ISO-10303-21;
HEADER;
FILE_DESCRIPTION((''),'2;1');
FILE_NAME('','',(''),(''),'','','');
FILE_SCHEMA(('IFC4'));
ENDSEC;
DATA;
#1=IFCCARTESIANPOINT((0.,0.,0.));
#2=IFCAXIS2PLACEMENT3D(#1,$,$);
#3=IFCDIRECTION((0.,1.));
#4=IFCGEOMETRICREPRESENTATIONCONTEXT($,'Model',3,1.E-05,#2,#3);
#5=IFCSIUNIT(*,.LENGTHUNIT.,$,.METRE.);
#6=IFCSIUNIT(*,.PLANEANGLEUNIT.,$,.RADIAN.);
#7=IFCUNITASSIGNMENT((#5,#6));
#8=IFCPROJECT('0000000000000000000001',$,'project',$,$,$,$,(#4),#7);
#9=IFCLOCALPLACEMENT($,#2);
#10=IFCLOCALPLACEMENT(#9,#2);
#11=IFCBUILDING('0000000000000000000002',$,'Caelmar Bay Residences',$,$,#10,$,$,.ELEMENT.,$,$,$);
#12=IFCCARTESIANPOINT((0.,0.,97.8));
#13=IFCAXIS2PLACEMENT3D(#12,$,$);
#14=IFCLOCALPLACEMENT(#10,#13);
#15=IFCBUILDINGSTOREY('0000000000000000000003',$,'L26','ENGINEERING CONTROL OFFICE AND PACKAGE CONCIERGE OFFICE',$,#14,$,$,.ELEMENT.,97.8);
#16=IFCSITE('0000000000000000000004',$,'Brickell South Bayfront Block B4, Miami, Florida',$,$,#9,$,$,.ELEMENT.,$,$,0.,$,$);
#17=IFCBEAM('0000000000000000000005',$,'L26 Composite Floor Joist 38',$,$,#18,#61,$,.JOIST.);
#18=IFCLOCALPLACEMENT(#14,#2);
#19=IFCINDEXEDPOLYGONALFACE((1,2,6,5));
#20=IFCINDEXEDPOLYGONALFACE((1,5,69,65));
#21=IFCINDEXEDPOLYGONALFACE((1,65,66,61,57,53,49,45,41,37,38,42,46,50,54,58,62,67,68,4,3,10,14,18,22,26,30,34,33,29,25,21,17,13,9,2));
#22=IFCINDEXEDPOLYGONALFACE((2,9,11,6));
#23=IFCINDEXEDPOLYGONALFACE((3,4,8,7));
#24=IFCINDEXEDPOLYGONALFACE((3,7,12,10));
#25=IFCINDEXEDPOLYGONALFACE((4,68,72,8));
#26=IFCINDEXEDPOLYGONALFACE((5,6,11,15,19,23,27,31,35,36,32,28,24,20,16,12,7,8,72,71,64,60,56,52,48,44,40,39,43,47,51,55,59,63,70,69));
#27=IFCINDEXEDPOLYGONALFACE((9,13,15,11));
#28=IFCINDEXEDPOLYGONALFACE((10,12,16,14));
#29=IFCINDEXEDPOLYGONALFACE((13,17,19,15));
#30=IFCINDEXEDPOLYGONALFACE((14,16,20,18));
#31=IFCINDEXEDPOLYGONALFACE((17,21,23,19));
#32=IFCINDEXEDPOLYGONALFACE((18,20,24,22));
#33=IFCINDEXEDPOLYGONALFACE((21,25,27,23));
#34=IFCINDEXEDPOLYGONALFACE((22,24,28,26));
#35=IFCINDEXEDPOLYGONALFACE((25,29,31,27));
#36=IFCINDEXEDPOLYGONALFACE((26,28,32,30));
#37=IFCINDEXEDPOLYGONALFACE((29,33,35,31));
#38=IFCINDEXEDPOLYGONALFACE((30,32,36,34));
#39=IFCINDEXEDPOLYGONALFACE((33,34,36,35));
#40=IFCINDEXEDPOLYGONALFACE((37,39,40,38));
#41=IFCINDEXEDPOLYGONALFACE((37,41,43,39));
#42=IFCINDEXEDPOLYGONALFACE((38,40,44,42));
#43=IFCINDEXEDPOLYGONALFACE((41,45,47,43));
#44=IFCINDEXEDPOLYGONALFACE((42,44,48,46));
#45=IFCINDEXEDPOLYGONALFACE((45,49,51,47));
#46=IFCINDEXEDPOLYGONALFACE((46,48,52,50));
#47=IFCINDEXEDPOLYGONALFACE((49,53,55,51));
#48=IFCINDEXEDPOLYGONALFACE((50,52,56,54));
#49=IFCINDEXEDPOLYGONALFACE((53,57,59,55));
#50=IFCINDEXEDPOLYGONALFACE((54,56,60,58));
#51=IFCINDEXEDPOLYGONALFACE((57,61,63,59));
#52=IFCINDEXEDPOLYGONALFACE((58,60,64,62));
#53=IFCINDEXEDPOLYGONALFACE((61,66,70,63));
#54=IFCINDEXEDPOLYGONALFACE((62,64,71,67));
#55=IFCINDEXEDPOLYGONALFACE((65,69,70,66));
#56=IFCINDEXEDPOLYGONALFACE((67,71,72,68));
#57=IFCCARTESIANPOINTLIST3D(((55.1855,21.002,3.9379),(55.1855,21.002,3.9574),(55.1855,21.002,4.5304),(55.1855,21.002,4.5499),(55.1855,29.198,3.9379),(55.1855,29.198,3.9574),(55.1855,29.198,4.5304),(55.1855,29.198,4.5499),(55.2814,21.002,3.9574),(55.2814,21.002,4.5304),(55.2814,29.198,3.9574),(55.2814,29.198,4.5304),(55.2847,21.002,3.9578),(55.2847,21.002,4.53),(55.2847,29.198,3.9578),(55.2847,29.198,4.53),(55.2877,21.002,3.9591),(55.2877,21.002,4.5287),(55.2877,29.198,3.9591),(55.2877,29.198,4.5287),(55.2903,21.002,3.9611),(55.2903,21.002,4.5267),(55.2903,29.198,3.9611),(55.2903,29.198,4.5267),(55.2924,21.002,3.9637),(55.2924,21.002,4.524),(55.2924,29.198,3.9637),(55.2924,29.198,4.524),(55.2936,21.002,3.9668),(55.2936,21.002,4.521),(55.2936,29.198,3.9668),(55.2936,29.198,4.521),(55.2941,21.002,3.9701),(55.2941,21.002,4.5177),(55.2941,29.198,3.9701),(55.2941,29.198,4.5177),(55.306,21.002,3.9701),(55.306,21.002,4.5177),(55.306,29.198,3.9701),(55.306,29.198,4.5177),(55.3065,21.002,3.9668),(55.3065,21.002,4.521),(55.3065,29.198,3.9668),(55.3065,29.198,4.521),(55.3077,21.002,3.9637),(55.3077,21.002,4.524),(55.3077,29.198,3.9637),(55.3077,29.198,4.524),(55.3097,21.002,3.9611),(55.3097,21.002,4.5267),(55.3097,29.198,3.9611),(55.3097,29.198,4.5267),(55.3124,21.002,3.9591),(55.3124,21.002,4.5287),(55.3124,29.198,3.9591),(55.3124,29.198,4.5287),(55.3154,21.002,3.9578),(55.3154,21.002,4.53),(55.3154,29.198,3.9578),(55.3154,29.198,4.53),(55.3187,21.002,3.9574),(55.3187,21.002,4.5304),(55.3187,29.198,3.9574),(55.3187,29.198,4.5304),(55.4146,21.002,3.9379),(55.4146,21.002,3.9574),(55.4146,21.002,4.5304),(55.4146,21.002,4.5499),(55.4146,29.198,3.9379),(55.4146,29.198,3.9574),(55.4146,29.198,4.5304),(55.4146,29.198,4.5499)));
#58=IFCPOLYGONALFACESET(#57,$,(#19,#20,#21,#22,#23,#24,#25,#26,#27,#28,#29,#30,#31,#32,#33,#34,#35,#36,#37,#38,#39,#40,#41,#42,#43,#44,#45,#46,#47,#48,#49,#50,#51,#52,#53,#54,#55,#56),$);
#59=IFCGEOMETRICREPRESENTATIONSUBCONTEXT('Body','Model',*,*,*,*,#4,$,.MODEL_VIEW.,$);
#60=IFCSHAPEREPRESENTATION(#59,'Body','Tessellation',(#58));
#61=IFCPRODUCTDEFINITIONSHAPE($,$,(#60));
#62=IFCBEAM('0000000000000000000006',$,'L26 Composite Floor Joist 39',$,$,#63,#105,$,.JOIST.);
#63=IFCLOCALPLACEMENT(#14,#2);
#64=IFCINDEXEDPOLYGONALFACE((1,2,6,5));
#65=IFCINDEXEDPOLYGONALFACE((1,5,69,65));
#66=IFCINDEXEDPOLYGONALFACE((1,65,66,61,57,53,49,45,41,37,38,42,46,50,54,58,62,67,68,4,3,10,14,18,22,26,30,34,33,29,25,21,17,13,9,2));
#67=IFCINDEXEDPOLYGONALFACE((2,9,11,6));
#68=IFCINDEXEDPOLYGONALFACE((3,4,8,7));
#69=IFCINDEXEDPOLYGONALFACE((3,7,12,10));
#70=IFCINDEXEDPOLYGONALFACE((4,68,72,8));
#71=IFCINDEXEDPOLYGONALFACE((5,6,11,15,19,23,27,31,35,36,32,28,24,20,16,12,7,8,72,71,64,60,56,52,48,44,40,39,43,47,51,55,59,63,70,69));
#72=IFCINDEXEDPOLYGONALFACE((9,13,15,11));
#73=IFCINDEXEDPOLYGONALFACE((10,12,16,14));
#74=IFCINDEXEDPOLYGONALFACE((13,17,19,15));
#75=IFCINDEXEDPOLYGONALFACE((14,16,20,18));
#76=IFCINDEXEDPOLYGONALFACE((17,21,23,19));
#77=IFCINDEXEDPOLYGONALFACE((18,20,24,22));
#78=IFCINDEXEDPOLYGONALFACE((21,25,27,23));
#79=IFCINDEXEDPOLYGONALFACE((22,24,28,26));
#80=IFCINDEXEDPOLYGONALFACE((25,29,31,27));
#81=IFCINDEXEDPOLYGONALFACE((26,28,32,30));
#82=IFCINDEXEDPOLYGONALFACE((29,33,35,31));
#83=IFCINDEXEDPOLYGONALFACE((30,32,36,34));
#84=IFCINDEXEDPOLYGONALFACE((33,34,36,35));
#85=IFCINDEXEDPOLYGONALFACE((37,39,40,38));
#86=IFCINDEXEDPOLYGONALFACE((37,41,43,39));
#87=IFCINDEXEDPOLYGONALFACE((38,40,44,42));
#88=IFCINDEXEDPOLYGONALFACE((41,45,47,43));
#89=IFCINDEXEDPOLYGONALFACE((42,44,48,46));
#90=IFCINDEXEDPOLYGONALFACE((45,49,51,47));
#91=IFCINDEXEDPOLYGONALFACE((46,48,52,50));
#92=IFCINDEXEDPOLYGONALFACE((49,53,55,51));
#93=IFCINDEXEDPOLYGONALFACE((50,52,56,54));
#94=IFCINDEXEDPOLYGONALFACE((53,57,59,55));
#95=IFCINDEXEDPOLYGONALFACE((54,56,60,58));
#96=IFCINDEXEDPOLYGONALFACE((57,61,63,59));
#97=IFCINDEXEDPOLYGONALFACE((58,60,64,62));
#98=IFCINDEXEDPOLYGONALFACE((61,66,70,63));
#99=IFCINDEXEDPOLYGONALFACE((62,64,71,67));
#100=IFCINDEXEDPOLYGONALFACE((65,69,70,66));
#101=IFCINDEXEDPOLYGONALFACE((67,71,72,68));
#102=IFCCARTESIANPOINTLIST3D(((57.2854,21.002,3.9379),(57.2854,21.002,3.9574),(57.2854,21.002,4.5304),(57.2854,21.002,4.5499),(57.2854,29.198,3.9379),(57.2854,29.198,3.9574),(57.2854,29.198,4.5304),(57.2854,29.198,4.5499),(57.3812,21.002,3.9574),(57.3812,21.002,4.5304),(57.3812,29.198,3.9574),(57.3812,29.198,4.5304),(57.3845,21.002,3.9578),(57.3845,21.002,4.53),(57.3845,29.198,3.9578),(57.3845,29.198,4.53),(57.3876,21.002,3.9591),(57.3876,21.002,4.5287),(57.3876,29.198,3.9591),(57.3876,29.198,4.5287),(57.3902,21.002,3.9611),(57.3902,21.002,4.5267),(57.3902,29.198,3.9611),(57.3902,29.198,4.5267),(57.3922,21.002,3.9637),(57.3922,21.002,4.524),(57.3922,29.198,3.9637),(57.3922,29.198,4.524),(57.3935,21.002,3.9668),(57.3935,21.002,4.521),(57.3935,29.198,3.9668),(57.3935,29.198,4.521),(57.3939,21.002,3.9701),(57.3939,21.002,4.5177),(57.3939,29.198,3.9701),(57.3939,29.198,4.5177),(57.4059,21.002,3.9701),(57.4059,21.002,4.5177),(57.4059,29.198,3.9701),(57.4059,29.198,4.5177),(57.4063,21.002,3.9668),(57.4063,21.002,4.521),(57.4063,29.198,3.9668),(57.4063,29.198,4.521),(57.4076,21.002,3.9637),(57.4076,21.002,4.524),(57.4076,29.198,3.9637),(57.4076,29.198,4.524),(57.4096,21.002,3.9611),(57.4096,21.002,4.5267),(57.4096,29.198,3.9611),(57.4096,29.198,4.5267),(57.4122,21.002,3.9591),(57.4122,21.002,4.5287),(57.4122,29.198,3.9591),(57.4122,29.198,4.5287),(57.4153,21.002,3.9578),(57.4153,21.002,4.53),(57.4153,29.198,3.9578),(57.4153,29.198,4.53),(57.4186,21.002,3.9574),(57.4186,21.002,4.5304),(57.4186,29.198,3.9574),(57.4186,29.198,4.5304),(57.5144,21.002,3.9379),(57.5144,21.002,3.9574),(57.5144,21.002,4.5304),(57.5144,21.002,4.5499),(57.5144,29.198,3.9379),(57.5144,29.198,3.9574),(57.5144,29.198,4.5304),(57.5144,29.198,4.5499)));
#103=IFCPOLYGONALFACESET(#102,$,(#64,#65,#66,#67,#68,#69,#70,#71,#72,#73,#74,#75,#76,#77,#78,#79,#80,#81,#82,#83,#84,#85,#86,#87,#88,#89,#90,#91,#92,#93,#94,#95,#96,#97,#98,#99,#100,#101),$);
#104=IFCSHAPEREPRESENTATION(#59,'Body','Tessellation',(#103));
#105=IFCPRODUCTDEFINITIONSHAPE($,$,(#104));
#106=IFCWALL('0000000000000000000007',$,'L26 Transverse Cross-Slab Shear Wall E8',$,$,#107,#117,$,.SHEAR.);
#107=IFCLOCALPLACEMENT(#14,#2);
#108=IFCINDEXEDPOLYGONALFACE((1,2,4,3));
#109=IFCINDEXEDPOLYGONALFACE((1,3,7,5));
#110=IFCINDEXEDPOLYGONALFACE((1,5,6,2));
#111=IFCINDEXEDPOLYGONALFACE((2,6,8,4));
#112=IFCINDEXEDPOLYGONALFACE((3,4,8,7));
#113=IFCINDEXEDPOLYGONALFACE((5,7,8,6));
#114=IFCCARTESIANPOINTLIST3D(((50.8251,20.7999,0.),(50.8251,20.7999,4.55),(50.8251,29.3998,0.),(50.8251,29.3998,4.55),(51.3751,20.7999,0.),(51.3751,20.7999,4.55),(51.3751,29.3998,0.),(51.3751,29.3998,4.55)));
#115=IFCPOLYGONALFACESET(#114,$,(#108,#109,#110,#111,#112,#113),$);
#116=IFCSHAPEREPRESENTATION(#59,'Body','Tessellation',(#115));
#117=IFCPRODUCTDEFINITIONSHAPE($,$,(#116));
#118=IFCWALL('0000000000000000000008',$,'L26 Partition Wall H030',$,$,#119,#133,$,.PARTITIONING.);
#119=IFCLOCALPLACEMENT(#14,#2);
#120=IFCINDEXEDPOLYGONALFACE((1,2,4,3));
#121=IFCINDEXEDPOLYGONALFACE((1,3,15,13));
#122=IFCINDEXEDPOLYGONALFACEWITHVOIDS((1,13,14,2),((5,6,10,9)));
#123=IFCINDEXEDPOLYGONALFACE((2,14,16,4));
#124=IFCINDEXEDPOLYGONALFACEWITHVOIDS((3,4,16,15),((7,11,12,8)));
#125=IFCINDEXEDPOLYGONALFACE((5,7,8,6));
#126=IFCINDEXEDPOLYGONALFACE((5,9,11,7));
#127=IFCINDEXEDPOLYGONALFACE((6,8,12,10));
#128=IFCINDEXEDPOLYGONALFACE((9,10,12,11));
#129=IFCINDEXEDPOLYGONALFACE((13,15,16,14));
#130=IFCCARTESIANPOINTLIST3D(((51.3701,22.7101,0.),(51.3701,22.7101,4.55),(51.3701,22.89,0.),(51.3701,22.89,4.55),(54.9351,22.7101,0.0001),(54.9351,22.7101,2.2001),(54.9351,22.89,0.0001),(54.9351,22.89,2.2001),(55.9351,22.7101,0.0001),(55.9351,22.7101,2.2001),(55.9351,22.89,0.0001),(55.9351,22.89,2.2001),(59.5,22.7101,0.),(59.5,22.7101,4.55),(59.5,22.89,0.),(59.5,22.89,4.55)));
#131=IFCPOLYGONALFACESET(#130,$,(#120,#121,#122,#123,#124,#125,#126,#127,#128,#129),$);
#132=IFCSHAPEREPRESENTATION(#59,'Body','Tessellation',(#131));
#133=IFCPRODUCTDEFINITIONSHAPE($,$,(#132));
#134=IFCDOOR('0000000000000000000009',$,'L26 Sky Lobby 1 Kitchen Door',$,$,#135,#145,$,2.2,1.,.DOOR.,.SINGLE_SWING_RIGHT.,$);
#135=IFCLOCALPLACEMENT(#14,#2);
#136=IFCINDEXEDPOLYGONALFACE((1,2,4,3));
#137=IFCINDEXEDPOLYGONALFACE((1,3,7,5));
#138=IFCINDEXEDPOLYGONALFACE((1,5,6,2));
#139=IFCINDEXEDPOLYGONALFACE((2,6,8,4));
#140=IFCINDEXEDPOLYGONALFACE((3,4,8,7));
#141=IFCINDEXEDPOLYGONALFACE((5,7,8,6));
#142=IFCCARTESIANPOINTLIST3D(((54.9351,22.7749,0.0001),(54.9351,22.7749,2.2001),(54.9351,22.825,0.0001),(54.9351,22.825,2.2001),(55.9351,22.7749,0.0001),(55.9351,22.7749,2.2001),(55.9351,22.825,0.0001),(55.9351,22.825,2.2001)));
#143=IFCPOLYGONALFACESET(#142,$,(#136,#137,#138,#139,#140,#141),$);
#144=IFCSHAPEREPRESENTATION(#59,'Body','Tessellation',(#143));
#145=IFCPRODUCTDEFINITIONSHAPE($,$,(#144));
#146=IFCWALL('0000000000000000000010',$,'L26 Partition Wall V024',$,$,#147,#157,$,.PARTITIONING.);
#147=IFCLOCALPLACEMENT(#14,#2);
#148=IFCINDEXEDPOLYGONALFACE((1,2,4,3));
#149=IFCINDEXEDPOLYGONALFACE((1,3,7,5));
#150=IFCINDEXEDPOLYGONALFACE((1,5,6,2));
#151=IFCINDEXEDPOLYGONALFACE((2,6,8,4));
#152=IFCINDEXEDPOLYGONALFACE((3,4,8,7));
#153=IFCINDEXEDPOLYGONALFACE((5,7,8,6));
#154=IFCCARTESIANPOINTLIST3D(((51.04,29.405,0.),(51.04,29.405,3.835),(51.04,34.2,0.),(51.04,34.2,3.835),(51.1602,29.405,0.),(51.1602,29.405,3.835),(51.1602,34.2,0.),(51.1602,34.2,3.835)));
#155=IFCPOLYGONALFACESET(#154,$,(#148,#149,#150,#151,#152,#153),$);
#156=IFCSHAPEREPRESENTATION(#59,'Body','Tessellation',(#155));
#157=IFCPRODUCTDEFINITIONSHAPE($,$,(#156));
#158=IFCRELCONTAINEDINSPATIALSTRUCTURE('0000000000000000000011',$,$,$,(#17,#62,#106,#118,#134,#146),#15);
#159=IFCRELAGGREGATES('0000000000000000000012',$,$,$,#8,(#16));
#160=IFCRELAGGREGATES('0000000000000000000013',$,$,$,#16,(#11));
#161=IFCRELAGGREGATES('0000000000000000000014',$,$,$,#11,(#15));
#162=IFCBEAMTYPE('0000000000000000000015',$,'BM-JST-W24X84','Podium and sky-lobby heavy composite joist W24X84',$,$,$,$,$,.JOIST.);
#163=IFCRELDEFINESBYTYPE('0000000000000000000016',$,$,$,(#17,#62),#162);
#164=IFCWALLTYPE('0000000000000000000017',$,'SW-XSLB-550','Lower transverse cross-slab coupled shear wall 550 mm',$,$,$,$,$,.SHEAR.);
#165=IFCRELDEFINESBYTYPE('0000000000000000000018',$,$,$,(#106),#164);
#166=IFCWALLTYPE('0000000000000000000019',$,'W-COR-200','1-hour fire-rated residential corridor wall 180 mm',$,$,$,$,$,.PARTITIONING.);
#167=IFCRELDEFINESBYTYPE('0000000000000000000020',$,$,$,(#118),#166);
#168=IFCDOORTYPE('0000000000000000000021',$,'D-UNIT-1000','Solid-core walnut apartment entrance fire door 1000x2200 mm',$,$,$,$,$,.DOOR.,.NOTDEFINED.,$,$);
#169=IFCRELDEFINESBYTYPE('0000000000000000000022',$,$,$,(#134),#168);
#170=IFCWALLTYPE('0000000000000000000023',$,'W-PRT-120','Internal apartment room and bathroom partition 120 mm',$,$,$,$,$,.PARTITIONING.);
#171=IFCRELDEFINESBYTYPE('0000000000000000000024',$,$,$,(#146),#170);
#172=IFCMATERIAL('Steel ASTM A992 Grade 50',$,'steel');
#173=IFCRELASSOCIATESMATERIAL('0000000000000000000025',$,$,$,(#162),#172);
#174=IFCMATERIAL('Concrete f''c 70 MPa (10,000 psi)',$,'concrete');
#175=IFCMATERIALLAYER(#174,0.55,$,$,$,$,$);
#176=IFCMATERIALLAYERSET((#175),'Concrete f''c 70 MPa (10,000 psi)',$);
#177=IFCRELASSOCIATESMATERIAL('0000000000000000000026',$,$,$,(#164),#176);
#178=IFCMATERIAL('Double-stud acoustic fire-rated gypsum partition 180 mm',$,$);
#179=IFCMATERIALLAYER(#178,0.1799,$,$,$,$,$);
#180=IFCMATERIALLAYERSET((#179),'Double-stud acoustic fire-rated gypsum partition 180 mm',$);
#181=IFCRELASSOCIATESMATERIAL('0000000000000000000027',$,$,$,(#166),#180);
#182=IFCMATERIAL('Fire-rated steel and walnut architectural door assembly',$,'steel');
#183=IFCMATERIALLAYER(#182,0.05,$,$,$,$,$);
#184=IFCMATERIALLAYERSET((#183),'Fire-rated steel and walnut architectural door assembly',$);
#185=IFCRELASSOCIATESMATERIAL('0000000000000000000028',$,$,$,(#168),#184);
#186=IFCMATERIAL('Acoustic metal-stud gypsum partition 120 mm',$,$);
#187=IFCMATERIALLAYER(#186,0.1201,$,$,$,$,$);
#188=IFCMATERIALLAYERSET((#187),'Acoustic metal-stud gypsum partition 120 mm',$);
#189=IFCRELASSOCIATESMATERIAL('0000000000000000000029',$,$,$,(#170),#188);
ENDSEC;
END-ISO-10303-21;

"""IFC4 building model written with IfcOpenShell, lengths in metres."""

from ifc_helpers import new_model, si_unit, direction, frame, frame_2d, origin, origin_2d, place, context, subcontext, project, spatial, rectangle, i_section, extrude, material, layer, layer_set, material_profile, profile_set, type_object, element, fill, save


model = new_model("IFC4")

# Units and contexts
model_context = context("Model", 3, precision=1e-05, world=origin(), true_north=direction((0.0, 1.0)))
body_context = subcontext(model_context, "Body", "Model", "MODEL_VIEW")
ifc_project = project(units=[si_unit("LENGTHUNIT", "METRE"), si_unit("PLANEANGLEUNIT", "RADIAN")], contexts=[model_context])

# Site, building, storey
site_placement = place(None, origin())
site = spatial("IfcSite", under=ifc_project, at=site_placement, Name="Brickell South Bayfront Block B4, Miami, Florida", CompositionType="ELEMENT", RefElevation=0.0)
building_placement = place(site_placement, origin())
building = spatial("IfcBuilding", under=site, at=building_placement, Name="Caelmar Bay Residences", CompositionType="ELEMENT")
storey_placement = place(building_placement, frame((0.0, 0.0, 97.8)))
storey = spatial("IfcBuildingStorey", under=building, at=storey_placement, Name="L26", Description="ENGINEERING CONTROL OFFICE AND PACKAGE CONCIERGE OFFICE", CompositionType="ELEMENT", Elevation=97.8)

# Shared definitions
ifc_material_1 = material(Name="Concrete f'c 70 MPa (10,000 psi)", Category="concrete")

# Beams
ifc_material_2 = material(Name="Steel ASTM A992 Grade 50", Category="steel")
ifc_material_profile_1 = material_profile(ifc_material_2, i_section(OverallWidth=0.229, OverallDepth=0.6121, WebThickness=0.012, FlangeThickness=0.0195, FilletRadius=0.0127, at=origin_2d()), Name="W24X84")
ifc_profile_set_1 = profile_set([ifc_material_profile_1], Name="Steel ASTM A992 Grade 50")
beam_type_1 = type_object("IfcBeamType", Name="BM-JST-W24X84", Description="Podium and sky-lobby heavy composite joist W24X84", PredefinedType="JOIST", material=ifc_profile_set_1)
for number, where, z_axis, x_axis, name in (
    (1, (55.3, 21.002, 4.2439), (0.0, 1.0, 0.0), (-1.0, 0.0, 0.0), "L26 Composite Floor Joist 38"),
    (2, (57.3999, 21.002, 4.2439), (0.0, 1.0, 0.0), (-1.0, 0.0, 0.0), "L26 Composite Floor Joist 39"),
):
    element("IfcBeam", number, at=place(storey_placement, frame(where, z_axis=z_axis, x_axis=x_axis)), inside=storey, type_object=beam_type_1, Name=name, PredefinedType="JOIST", context=body_context, shape_type="SweptSolid", body=[
        extrude(i_section(OverallWidth=0.229, OverallDepth=0.6121, WebThickness=0.012, FlangeThickness=0.0195, FilletRadius=0.0127, at=origin_2d()), origin(), (0.0, 0.0, 1.0), 8.196),
    ])

# Wall
ifc_layer_1 = layer(ifc_material_1, 0.55)
ifc_layer_set_1 = layer_set([ifc_layer_1], Name="Concrete f'c 70 MPa (10,000 psi)")
wall_type_1 = type_object("IfcWallType", Name="SW-XSLB-550", Description="Lower transverse cross-slab coupled shear wall 550 mm", PredefinedType="SHEAR", material=ifc_layer_set_1)
wall_1_placement = place(storey_placement, frame((51.1001, 20.8, 0.0), z_axis=(0.0, 0.0, 1.0), x_axis=(0.0, 1.0, 0.0)))
element("IfcWall", 3, at=wall_1_placement, inside=storey, type_object=wall_type_1, Name="L26 Transverse Cross-Slab Shear Wall E8", PredefinedType="SHEAR", context=body_context, shape_type="SweptSolid", body=[
    extrude(rectangle(XDim=8.5999, YDim=0.55, at=frame_2d((4.2998, 0.0))), origin(), (0.0, 0.0, 1.0), 4.55),
])

# Wall, opening, door
ifc_material_3 = material(Name="Double-stud acoustic fire-rated gypsum partition 180 mm")
ifc_layer_2 = layer(ifc_material_3, 0.1799)
ifc_layer_set_2 = layer_set([ifc_layer_2], Name="Double-stud acoustic fire-rated gypsum partition 180 mm")
wall_type_2 = type_object("IfcWallType", Name="W-COR-200", Description="1-hour fire-rated residential corridor wall 180 mm", PredefinedType="PARTITIONING", material=ifc_layer_set_2)
wall_2_placement = place(storey_placement, frame((51.3701, 22.8, 0.0), z_axis=(0.0, 0.0, 1.0), x_axis=(1.0, 0.0, 0.0)))
wall_2 = element("IfcWall", 4, at=wall_2_placement, inside=storey, type_object=wall_type_2, Name="L26 Partition Wall H030", PredefinedType="PARTITIONING", context=body_context, shape_type="SweptSolid", body=[
    extrude(rectangle(XDim=8.1299, YDim=0.1799, at=frame_2d((4.0649, 0.0))), origin(), (0.0, 0.0, 1.0), 4.55),
])
opening_placement = place(wall_2_placement, frame((3.5649, 0.0, 0.0)))
opening = element("IfcOpeningElement", 5, at=opening_placement, cuts=wall_2, PredefinedType="OPENING", context=body_context, shape_type="SweptSolid", body=[
    extrude(rectangle(XDim=1.0, YDim=2.2, at=frame_2d((0.5, 1.1001))), frame((0.0, 0.0999, 0.0), z_axis=(0.0, -1.0, 0.0), x_axis=(1.0, 0.0, 0.0)), (0.0, 0.0, 1.0), 0.2),
])
ifc_material_4 = material(Name="Fire-rated steel and walnut architectural door assembly", Category="steel")
ifc_layer_3 = layer(ifc_material_4, 0.05)
ifc_layer_set_3 = layer_set([ifc_layer_3], Name="Fire-rated steel and walnut architectural door assembly")
door_type = type_object("IfcDoorType", Name="D-UNIT-1000", Description="Solid-core walnut apartment entrance fire door 1000x2200 mm", OperationType="NOTDEFINED", PredefinedType="DOOR", material=ifc_layer_set_3)
door_placement = place(opening_placement, origin())
door = element("IfcDoor", 6, at=door_placement, inside=storey, type_object=door_type, Name="L26 Sky Lobby 1 Kitchen Door", OperationType="SINGLE_SWING_RIGHT", OverallHeight=2.2, OverallWidth=1.0, PredefinedType="DOOR", context=body_context, shape_type="SweptSolid", body=[
    extrude(rectangle(XDim=1.0, YDim=2.2, at=frame_2d((0.5, 1.1001))), frame((0.0, 0.0249, 0.0), z_axis=(0.0, -1.0, 0.0), x_axis=(1.0, 0.0, 0.0)), (0.0, 0.0, 1.0), 0.05),
])
fill(opening, door)

# Wall
ifc_material_5 = material(Name="Acoustic metal-stud gypsum partition 120 mm")
ifc_layer_4 = layer(ifc_material_5, 0.1201)
ifc_layer_set_4 = layer_set([ifc_layer_4], Name="Acoustic metal-stud gypsum partition 120 mm")
wall_type_3 = type_object("IfcWallType", Name="W-PRT-120", Description="Internal apartment room and bathroom partition 120 mm", PredefinedType="PARTITIONING", material=ifc_layer_set_4)
wall_3_placement = place(storey_placement, frame((51.1001, 29.405, 0.0), z_axis=(0.0, 0.0, 1.0), x_axis=(0.0, 1.0, 0.0)))
element("IfcWall", 7, at=wall_3_placement, inside=storey, type_object=wall_type_3, Name="L26 Partition Wall V024", PredefinedType="PARTITIONING", context=body_context, shape_type="SweptSolid", body=[
    extrude(rectangle(XDim=4.7949, YDim=0.1201, at=frame_2d((2.3975, 0.0))), origin(), (0.0, 0.0, 1.0), 3.835),
])

save(model, "model.ifc")
